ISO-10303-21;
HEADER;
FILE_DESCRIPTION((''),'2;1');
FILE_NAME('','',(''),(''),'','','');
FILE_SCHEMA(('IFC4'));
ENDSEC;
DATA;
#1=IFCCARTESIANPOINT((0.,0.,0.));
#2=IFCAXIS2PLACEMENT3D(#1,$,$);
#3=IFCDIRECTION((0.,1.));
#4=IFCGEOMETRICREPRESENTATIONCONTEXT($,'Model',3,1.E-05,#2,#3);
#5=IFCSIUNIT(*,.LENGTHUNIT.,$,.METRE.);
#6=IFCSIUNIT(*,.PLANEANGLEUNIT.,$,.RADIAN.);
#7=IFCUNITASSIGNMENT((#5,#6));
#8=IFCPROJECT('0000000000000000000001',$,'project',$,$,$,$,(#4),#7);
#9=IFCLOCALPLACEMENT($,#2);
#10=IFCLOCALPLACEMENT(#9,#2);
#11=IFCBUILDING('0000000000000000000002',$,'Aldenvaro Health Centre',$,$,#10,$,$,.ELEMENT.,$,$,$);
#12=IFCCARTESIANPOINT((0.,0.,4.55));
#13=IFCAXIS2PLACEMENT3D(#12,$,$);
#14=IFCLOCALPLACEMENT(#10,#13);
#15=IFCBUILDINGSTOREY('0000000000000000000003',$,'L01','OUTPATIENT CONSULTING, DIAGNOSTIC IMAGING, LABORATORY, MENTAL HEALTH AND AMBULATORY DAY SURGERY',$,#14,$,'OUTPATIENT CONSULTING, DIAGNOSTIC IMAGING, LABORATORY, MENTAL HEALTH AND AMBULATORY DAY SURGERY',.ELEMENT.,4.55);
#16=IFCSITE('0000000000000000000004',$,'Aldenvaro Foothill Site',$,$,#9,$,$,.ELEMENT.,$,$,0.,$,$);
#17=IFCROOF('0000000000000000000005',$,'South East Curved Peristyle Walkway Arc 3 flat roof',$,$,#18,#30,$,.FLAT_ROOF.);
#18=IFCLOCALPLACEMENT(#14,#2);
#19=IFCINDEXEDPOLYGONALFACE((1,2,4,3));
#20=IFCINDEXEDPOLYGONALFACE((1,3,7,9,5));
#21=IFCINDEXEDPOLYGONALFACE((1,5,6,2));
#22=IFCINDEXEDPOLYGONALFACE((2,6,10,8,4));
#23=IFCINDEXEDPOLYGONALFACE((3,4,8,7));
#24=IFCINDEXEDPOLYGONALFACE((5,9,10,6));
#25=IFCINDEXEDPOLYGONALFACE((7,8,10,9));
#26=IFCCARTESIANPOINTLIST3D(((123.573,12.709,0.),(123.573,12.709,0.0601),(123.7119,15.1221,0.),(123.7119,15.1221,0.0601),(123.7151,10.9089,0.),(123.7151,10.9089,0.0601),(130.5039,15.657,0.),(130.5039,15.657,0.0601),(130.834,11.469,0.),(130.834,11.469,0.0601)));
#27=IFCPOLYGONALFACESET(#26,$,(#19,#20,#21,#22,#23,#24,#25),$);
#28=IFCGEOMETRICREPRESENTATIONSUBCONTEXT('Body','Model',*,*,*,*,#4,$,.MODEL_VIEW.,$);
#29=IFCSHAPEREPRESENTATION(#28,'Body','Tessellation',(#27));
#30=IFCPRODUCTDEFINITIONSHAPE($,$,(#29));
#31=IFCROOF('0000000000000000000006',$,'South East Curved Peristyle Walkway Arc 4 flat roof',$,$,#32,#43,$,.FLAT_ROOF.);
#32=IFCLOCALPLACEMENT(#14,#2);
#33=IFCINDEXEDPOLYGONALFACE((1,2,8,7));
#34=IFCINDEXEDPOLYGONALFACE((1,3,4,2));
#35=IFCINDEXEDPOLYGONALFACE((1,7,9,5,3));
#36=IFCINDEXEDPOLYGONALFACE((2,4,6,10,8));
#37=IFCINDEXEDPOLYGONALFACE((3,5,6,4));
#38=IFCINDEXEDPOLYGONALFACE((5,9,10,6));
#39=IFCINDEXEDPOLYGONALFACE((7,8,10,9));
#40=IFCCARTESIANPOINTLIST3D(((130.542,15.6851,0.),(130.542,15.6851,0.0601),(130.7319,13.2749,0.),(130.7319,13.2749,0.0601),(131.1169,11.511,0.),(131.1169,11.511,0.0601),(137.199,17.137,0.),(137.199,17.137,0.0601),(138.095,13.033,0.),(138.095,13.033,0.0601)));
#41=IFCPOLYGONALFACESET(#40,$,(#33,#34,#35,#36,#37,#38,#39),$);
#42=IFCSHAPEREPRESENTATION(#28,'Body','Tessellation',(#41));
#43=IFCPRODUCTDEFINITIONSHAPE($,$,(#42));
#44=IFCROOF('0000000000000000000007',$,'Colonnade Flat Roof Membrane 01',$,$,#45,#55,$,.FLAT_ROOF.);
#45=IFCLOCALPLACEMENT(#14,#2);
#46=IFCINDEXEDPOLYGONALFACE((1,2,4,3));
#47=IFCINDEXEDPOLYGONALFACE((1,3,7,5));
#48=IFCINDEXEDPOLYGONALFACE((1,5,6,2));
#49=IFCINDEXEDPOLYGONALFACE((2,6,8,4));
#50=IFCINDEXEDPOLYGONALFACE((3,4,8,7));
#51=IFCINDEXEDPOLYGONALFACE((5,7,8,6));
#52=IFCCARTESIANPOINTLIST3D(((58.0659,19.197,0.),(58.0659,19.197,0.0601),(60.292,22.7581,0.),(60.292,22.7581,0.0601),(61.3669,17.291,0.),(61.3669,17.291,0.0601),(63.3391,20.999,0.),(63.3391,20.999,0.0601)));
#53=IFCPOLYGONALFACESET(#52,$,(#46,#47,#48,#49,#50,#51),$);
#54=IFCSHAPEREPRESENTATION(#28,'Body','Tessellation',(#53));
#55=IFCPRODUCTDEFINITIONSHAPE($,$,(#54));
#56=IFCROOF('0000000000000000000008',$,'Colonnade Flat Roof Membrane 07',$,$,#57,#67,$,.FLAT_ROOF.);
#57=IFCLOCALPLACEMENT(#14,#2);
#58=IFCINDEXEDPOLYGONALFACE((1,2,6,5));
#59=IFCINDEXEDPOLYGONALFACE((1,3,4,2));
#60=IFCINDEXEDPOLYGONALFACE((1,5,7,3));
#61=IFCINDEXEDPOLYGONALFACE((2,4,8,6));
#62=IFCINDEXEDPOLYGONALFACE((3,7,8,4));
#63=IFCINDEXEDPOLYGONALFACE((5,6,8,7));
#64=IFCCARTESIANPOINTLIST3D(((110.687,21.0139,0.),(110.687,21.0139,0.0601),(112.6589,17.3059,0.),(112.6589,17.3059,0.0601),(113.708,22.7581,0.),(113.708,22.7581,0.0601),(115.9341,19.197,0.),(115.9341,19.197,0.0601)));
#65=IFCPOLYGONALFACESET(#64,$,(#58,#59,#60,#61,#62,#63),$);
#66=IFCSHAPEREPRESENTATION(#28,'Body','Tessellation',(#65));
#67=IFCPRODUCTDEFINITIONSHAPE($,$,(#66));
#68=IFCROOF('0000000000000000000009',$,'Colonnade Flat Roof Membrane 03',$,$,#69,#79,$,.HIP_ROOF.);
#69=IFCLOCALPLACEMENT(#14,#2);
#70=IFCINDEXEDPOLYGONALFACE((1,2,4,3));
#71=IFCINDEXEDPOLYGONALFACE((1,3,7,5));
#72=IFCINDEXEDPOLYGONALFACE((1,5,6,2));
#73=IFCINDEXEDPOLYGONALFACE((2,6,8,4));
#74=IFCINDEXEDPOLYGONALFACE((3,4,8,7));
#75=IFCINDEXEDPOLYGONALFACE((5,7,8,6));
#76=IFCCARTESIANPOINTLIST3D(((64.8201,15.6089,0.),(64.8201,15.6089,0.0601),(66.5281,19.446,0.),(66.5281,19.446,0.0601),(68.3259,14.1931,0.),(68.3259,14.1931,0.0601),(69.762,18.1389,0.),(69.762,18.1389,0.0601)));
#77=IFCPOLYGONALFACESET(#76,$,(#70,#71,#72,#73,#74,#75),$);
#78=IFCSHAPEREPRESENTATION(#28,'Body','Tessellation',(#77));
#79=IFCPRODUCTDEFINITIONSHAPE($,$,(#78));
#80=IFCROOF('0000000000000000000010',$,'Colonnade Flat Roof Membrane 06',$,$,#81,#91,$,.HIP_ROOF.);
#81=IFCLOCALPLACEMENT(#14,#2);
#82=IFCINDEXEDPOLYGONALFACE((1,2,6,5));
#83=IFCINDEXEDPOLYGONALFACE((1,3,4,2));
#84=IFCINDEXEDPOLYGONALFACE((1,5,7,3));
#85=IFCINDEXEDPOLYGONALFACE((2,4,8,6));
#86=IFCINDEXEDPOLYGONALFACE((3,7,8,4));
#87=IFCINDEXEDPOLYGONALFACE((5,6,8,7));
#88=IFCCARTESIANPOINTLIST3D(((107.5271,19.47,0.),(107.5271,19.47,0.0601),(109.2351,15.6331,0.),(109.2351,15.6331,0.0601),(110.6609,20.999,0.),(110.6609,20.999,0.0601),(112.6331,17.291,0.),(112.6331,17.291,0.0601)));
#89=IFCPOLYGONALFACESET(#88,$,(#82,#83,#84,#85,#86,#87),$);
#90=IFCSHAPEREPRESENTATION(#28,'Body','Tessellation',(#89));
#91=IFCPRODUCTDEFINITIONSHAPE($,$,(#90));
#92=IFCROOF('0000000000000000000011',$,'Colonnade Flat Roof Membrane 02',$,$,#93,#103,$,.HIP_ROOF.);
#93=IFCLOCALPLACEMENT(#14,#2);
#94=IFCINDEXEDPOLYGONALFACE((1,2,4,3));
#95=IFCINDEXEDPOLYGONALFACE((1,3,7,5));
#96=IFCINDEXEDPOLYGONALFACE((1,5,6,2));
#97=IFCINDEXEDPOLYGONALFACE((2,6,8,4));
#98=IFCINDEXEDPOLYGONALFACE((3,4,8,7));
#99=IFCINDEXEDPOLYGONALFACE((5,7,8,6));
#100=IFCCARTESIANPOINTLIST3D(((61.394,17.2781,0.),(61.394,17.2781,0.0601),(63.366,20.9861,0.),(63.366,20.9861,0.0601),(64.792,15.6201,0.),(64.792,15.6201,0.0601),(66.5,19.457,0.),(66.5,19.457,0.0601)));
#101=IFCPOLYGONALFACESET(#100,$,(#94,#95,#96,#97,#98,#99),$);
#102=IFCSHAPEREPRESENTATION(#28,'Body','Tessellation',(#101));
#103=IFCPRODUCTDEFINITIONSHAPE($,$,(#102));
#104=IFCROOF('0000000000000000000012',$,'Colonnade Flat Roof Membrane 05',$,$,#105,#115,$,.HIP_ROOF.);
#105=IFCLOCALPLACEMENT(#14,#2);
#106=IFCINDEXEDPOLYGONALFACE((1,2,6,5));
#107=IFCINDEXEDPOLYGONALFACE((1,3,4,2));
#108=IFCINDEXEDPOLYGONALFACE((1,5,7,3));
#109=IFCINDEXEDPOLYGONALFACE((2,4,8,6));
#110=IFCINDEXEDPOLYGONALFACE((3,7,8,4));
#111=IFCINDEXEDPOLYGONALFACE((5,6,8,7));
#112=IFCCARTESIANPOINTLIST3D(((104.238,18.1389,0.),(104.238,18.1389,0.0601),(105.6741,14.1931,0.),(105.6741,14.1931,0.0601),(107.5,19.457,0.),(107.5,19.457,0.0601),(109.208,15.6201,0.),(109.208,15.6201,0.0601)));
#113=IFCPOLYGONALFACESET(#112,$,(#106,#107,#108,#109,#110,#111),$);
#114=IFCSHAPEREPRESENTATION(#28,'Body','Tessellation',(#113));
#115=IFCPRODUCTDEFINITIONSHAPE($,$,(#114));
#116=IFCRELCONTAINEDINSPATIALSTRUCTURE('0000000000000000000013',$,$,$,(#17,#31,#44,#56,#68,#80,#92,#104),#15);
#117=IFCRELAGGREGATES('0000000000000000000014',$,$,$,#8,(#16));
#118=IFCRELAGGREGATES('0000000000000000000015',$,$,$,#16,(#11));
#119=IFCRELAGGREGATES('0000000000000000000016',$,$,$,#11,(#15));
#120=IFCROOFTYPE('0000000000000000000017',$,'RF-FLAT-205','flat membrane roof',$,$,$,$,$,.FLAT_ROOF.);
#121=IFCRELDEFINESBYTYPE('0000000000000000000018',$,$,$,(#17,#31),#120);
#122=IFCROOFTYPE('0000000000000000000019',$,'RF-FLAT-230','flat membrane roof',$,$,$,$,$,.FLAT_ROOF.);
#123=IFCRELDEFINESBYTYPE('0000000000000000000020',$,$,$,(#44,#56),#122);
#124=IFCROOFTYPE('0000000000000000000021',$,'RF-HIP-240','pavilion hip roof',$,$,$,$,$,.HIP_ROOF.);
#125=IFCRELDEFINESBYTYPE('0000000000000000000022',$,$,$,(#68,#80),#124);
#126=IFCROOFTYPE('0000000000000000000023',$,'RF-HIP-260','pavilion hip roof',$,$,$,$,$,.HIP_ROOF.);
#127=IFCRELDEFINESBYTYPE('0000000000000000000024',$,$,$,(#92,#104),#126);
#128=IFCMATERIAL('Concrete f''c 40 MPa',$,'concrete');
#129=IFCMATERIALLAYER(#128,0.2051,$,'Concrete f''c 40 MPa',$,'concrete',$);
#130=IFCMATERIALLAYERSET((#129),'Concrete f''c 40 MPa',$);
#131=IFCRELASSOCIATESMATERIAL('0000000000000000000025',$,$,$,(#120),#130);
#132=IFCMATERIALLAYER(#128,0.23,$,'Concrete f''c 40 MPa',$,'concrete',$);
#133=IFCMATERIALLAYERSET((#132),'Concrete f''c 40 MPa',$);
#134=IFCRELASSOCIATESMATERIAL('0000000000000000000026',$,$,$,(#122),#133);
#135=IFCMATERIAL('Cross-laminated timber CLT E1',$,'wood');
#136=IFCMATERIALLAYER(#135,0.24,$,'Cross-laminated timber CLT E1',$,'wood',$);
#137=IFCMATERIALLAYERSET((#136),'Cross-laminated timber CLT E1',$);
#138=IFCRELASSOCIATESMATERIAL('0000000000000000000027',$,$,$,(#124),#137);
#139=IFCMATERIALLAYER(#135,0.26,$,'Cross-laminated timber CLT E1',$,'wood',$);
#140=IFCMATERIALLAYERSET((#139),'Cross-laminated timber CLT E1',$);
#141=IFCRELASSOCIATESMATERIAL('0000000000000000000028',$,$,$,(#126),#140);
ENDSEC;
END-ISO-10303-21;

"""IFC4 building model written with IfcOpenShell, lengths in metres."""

from ifc_helpers import new_model, si_unit, direction, frame, origin, place, context, subcontext, project, spatial, polyline, outline, extrude, material, layer, layer_set, type_object, element, save


model = new_model("IFC4")

# Units and contexts
model_context = context("Model", 3, precision=1e-05, world=origin(), true_north=direction((0.0, 1.0)))
body_context = subcontext(model_context, "Body", "Model", "MODEL_VIEW")
ifc_project = project(units=[si_unit("LENGTHUNIT", "METRE"), si_unit("PLANEANGLEUNIT", "RADIAN")], contexts=[model_context])

# Site, building, storey
site_placement = place(None, origin())
site = spatial("IfcSite", under=ifc_project, at=site_placement, Name="Aldenvaro Foothill Site", CompositionType="ELEMENT", RefElevation=0.0)
building_placement = place(site_placement, origin())
building = spatial("IfcBuilding", under=site, at=building_placement, Name="Aldenvaro Health Centre", CompositionType="ELEMENT")
storey_placement = place(building_placement, frame((0.0, 0.0, 4.55)))
storey = spatial("IfcBuildingStorey", under=building, at=storey_placement, Name="L01", Description="OUTPATIENT CONSULTING, DIAGNOSTIC IMAGING, LABORATORY, MENTAL HEALTH AND AMBULATORY DAY SURGERY", LongName="OUTPATIENT CONSULTING, DIAGNOSTIC IMAGING, LABORATORY, MENTAL HEALTH AND AMBULATORY DAY SURGERY", CompositionType="ELEMENT", Elevation=4.55)

# Shared definitions
ifc_material_1 = material(Name="Cross-laminated timber CLT E1", Category="wood")

# Roofs
ifc_material_2 = material(Name="Concrete f'c 40 MPa", Category="concrete")
ifc_layer_1 = layer(ifc_material_2, 0.2051, Name="Concrete f'c 40 MPa", Category="concrete")
ifc_layer_set_1 = layer_set([ifc_layer_1], Name="Concrete f'c 40 MPa")
roof_type_1 = type_object("IfcRoofType", Name="RF-FLAT-205", Description="flat membrane roof", PredefinedType="FLAT_ROOF", material=ifc_layer_set_1)
roof_1_placement = place(storey_placement, origin())
element("IfcRoof", 1, at=roof_1_placement, inside=storey, type_object=roof_type_1, Name="South East Curved Peristyle Walkway Arc 3 flat roof", PredefinedType="FLAT_ROOF", context=body_context, shape_type="SweptSolid", body=[
    extrude(outline(polyline([(130.5039, 15.657), (130.834, 11.469), (123.7151, 10.9089), (123.573, 12.709), (123.7119, 15.1221), (130.5039, 15.657)])), origin(), (0.0, 0.0, 1.0), 0.0601),
])
roof_2_placement = place(storey_placement, origin())
element("IfcRoof", 2, at=roof_2_placement, inside=storey, type_object=roof_type_1, Name="South East Curved Peristyle Walkway Arc 4 flat roof", PredefinedType="FLAT_ROOF", context=body_context, shape_type="SweptSolid", body=[
    extrude(outline(polyline([(137.199, 17.137), (138.095, 13.033), (131.1169, 11.511), (130.7319, 13.2749), (130.542, 15.6851), (137.199, 17.137)])), origin(), (0.0, 0.0, 1.0), 0.0601),
])
ifc_layer_2 = layer(ifc_material_2, 0.23, Name="Concrete f'c 40 MPa", Category="concrete")
ifc_layer_set_2 = layer_set([ifc_layer_2], Name="Concrete f'c 40 MPa")
roof_type_2 = type_object("IfcRoofType", Name="RF-FLAT-230", Description="flat membrane roof", PredefinedType="FLAT_ROOF", material=ifc_layer_set_2)
roof_3_placement = place(storey_placement, origin())
element("IfcRoof", 3, at=roof_3_placement, inside=storey, type_object=roof_type_2, Name="Colonnade Flat Roof Membrane 01", PredefinedType="FLAT_ROOF", context=body_context, shape_type="SweptSolid", body=[
    extrude(outline(polyline([(60.292, 22.7581), (58.0659, 19.197), (61.3669, 17.291), (63.3391, 20.999), (60.292, 22.7581)])), origin(), (0.0, 0.0, 1.0), 0.0601),
])
roof_4_placement = place(storey_placement, origin())
element("IfcRoof", 4, at=roof_4_placement, inside=storey, type_object=roof_type_2, Name="Colonnade Flat Roof Membrane 07", PredefinedType="FLAT_ROOF", context=body_context, shape_type="SweptSolid", body=[
    extrude(outline(polyline([(113.708, 22.7581), (115.9341, 19.197), (112.6589, 17.3059), (110.687, 21.0139), (113.708, 22.7581)])), origin(), (0.0, 0.0, 1.0), 0.0601),
])
ifc_layer_3 = layer(ifc_material_1, 0.24, Name="Cross-laminated timber CLT E1", Category="wood")
ifc_layer_set_3 = layer_set([ifc_layer_3], Name="Cross-laminated timber CLT E1")
roof_type_3 = type_object("IfcRoofType", Name="RF-HIP-240", Description="pavilion hip roof", PredefinedType="HIP_ROOF", material=ifc_layer_set_3)
roof_5_placement = place(storey_placement, origin())
element("IfcRoof", 5, at=roof_5_placement, inside=storey, type_object=roof_type_3, Name="Colonnade Flat Roof Membrane 03", PredefinedType="HIP_ROOF", context=body_context, shape_type="SweptSolid", body=[
    extrude(outline(polyline([(69.762, 18.1389), (68.3259, 14.1931), (64.8201, 15.6089), (66.5281, 19.446), (69.762, 18.1389)])), origin(), (0.0, 0.0, 1.0), 0.0601),
])
roof_6_placement = place(storey_placement, origin())
element("IfcRoof", 6, at=roof_6_placement, inside=storey, type_object=roof_type_3, Name="Colonnade Flat Roof Membrane 06", PredefinedType="HIP_ROOF", context=body_context, shape_type="SweptSolid", body=[
    extrude(outline(polyline([(110.6609, 20.999), (112.6331, 17.291), (109.2351, 15.6331), (107.5271, 19.47), (110.6609, 20.999)])), origin(), (0.0, 0.0, 1.0), 0.0601),
])
ifc_layer_4 = layer(ifc_material_1, 0.26, Name="Cross-laminated timber CLT E1", Category="wood")
ifc_layer_set_4 = layer_set([ifc_layer_4], Name="Cross-laminated timber CLT E1")
roof_type_4 = type_object("IfcRoofType", Name="RF-HIP-260", Description="pavilion hip roof", PredefinedType="HIP_ROOF", material=ifc_layer_set_4)
roof_7_placement = place(storey_placement, origin())
element("IfcRoof", 7, at=roof_7_placement, inside=storey, type_object=roof_type_4, Name="Colonnade Flat Roof Membrane 02", PredefinedType="HIP_ROOF", context=body_context, shape_type="SweptSolid", body=[
    extrude(outline(polyline([(66.5, 19.457), (64.792, 15.6201), (61.394, 17.2781), (63.366, 20.9861), (66.5, 19.457)])), origin(), (0.0, 0.0, 1.0), 0.0601),
])
roof_8_placement = place(storey_placement, origin())
element("IfcRoof", 8, at=roof_8_placement, inside=storey, type_object=roof_type_4, Name="Colonnade Flat Roof Membrane 05", PredefinedType="HIP_ROOF", context=body_context, shape_type="SweptSolid", body=[
    extrude(outline(polyline([(107.5, 19.457), (109.208, 15.6201), (105.6741, 14.1931), (104.238, 18.1389), (107.5, 19.457)])), origin(), (0.0, 0.0, 1.0), 0.0601),
])

save(model, "model.ifc")
